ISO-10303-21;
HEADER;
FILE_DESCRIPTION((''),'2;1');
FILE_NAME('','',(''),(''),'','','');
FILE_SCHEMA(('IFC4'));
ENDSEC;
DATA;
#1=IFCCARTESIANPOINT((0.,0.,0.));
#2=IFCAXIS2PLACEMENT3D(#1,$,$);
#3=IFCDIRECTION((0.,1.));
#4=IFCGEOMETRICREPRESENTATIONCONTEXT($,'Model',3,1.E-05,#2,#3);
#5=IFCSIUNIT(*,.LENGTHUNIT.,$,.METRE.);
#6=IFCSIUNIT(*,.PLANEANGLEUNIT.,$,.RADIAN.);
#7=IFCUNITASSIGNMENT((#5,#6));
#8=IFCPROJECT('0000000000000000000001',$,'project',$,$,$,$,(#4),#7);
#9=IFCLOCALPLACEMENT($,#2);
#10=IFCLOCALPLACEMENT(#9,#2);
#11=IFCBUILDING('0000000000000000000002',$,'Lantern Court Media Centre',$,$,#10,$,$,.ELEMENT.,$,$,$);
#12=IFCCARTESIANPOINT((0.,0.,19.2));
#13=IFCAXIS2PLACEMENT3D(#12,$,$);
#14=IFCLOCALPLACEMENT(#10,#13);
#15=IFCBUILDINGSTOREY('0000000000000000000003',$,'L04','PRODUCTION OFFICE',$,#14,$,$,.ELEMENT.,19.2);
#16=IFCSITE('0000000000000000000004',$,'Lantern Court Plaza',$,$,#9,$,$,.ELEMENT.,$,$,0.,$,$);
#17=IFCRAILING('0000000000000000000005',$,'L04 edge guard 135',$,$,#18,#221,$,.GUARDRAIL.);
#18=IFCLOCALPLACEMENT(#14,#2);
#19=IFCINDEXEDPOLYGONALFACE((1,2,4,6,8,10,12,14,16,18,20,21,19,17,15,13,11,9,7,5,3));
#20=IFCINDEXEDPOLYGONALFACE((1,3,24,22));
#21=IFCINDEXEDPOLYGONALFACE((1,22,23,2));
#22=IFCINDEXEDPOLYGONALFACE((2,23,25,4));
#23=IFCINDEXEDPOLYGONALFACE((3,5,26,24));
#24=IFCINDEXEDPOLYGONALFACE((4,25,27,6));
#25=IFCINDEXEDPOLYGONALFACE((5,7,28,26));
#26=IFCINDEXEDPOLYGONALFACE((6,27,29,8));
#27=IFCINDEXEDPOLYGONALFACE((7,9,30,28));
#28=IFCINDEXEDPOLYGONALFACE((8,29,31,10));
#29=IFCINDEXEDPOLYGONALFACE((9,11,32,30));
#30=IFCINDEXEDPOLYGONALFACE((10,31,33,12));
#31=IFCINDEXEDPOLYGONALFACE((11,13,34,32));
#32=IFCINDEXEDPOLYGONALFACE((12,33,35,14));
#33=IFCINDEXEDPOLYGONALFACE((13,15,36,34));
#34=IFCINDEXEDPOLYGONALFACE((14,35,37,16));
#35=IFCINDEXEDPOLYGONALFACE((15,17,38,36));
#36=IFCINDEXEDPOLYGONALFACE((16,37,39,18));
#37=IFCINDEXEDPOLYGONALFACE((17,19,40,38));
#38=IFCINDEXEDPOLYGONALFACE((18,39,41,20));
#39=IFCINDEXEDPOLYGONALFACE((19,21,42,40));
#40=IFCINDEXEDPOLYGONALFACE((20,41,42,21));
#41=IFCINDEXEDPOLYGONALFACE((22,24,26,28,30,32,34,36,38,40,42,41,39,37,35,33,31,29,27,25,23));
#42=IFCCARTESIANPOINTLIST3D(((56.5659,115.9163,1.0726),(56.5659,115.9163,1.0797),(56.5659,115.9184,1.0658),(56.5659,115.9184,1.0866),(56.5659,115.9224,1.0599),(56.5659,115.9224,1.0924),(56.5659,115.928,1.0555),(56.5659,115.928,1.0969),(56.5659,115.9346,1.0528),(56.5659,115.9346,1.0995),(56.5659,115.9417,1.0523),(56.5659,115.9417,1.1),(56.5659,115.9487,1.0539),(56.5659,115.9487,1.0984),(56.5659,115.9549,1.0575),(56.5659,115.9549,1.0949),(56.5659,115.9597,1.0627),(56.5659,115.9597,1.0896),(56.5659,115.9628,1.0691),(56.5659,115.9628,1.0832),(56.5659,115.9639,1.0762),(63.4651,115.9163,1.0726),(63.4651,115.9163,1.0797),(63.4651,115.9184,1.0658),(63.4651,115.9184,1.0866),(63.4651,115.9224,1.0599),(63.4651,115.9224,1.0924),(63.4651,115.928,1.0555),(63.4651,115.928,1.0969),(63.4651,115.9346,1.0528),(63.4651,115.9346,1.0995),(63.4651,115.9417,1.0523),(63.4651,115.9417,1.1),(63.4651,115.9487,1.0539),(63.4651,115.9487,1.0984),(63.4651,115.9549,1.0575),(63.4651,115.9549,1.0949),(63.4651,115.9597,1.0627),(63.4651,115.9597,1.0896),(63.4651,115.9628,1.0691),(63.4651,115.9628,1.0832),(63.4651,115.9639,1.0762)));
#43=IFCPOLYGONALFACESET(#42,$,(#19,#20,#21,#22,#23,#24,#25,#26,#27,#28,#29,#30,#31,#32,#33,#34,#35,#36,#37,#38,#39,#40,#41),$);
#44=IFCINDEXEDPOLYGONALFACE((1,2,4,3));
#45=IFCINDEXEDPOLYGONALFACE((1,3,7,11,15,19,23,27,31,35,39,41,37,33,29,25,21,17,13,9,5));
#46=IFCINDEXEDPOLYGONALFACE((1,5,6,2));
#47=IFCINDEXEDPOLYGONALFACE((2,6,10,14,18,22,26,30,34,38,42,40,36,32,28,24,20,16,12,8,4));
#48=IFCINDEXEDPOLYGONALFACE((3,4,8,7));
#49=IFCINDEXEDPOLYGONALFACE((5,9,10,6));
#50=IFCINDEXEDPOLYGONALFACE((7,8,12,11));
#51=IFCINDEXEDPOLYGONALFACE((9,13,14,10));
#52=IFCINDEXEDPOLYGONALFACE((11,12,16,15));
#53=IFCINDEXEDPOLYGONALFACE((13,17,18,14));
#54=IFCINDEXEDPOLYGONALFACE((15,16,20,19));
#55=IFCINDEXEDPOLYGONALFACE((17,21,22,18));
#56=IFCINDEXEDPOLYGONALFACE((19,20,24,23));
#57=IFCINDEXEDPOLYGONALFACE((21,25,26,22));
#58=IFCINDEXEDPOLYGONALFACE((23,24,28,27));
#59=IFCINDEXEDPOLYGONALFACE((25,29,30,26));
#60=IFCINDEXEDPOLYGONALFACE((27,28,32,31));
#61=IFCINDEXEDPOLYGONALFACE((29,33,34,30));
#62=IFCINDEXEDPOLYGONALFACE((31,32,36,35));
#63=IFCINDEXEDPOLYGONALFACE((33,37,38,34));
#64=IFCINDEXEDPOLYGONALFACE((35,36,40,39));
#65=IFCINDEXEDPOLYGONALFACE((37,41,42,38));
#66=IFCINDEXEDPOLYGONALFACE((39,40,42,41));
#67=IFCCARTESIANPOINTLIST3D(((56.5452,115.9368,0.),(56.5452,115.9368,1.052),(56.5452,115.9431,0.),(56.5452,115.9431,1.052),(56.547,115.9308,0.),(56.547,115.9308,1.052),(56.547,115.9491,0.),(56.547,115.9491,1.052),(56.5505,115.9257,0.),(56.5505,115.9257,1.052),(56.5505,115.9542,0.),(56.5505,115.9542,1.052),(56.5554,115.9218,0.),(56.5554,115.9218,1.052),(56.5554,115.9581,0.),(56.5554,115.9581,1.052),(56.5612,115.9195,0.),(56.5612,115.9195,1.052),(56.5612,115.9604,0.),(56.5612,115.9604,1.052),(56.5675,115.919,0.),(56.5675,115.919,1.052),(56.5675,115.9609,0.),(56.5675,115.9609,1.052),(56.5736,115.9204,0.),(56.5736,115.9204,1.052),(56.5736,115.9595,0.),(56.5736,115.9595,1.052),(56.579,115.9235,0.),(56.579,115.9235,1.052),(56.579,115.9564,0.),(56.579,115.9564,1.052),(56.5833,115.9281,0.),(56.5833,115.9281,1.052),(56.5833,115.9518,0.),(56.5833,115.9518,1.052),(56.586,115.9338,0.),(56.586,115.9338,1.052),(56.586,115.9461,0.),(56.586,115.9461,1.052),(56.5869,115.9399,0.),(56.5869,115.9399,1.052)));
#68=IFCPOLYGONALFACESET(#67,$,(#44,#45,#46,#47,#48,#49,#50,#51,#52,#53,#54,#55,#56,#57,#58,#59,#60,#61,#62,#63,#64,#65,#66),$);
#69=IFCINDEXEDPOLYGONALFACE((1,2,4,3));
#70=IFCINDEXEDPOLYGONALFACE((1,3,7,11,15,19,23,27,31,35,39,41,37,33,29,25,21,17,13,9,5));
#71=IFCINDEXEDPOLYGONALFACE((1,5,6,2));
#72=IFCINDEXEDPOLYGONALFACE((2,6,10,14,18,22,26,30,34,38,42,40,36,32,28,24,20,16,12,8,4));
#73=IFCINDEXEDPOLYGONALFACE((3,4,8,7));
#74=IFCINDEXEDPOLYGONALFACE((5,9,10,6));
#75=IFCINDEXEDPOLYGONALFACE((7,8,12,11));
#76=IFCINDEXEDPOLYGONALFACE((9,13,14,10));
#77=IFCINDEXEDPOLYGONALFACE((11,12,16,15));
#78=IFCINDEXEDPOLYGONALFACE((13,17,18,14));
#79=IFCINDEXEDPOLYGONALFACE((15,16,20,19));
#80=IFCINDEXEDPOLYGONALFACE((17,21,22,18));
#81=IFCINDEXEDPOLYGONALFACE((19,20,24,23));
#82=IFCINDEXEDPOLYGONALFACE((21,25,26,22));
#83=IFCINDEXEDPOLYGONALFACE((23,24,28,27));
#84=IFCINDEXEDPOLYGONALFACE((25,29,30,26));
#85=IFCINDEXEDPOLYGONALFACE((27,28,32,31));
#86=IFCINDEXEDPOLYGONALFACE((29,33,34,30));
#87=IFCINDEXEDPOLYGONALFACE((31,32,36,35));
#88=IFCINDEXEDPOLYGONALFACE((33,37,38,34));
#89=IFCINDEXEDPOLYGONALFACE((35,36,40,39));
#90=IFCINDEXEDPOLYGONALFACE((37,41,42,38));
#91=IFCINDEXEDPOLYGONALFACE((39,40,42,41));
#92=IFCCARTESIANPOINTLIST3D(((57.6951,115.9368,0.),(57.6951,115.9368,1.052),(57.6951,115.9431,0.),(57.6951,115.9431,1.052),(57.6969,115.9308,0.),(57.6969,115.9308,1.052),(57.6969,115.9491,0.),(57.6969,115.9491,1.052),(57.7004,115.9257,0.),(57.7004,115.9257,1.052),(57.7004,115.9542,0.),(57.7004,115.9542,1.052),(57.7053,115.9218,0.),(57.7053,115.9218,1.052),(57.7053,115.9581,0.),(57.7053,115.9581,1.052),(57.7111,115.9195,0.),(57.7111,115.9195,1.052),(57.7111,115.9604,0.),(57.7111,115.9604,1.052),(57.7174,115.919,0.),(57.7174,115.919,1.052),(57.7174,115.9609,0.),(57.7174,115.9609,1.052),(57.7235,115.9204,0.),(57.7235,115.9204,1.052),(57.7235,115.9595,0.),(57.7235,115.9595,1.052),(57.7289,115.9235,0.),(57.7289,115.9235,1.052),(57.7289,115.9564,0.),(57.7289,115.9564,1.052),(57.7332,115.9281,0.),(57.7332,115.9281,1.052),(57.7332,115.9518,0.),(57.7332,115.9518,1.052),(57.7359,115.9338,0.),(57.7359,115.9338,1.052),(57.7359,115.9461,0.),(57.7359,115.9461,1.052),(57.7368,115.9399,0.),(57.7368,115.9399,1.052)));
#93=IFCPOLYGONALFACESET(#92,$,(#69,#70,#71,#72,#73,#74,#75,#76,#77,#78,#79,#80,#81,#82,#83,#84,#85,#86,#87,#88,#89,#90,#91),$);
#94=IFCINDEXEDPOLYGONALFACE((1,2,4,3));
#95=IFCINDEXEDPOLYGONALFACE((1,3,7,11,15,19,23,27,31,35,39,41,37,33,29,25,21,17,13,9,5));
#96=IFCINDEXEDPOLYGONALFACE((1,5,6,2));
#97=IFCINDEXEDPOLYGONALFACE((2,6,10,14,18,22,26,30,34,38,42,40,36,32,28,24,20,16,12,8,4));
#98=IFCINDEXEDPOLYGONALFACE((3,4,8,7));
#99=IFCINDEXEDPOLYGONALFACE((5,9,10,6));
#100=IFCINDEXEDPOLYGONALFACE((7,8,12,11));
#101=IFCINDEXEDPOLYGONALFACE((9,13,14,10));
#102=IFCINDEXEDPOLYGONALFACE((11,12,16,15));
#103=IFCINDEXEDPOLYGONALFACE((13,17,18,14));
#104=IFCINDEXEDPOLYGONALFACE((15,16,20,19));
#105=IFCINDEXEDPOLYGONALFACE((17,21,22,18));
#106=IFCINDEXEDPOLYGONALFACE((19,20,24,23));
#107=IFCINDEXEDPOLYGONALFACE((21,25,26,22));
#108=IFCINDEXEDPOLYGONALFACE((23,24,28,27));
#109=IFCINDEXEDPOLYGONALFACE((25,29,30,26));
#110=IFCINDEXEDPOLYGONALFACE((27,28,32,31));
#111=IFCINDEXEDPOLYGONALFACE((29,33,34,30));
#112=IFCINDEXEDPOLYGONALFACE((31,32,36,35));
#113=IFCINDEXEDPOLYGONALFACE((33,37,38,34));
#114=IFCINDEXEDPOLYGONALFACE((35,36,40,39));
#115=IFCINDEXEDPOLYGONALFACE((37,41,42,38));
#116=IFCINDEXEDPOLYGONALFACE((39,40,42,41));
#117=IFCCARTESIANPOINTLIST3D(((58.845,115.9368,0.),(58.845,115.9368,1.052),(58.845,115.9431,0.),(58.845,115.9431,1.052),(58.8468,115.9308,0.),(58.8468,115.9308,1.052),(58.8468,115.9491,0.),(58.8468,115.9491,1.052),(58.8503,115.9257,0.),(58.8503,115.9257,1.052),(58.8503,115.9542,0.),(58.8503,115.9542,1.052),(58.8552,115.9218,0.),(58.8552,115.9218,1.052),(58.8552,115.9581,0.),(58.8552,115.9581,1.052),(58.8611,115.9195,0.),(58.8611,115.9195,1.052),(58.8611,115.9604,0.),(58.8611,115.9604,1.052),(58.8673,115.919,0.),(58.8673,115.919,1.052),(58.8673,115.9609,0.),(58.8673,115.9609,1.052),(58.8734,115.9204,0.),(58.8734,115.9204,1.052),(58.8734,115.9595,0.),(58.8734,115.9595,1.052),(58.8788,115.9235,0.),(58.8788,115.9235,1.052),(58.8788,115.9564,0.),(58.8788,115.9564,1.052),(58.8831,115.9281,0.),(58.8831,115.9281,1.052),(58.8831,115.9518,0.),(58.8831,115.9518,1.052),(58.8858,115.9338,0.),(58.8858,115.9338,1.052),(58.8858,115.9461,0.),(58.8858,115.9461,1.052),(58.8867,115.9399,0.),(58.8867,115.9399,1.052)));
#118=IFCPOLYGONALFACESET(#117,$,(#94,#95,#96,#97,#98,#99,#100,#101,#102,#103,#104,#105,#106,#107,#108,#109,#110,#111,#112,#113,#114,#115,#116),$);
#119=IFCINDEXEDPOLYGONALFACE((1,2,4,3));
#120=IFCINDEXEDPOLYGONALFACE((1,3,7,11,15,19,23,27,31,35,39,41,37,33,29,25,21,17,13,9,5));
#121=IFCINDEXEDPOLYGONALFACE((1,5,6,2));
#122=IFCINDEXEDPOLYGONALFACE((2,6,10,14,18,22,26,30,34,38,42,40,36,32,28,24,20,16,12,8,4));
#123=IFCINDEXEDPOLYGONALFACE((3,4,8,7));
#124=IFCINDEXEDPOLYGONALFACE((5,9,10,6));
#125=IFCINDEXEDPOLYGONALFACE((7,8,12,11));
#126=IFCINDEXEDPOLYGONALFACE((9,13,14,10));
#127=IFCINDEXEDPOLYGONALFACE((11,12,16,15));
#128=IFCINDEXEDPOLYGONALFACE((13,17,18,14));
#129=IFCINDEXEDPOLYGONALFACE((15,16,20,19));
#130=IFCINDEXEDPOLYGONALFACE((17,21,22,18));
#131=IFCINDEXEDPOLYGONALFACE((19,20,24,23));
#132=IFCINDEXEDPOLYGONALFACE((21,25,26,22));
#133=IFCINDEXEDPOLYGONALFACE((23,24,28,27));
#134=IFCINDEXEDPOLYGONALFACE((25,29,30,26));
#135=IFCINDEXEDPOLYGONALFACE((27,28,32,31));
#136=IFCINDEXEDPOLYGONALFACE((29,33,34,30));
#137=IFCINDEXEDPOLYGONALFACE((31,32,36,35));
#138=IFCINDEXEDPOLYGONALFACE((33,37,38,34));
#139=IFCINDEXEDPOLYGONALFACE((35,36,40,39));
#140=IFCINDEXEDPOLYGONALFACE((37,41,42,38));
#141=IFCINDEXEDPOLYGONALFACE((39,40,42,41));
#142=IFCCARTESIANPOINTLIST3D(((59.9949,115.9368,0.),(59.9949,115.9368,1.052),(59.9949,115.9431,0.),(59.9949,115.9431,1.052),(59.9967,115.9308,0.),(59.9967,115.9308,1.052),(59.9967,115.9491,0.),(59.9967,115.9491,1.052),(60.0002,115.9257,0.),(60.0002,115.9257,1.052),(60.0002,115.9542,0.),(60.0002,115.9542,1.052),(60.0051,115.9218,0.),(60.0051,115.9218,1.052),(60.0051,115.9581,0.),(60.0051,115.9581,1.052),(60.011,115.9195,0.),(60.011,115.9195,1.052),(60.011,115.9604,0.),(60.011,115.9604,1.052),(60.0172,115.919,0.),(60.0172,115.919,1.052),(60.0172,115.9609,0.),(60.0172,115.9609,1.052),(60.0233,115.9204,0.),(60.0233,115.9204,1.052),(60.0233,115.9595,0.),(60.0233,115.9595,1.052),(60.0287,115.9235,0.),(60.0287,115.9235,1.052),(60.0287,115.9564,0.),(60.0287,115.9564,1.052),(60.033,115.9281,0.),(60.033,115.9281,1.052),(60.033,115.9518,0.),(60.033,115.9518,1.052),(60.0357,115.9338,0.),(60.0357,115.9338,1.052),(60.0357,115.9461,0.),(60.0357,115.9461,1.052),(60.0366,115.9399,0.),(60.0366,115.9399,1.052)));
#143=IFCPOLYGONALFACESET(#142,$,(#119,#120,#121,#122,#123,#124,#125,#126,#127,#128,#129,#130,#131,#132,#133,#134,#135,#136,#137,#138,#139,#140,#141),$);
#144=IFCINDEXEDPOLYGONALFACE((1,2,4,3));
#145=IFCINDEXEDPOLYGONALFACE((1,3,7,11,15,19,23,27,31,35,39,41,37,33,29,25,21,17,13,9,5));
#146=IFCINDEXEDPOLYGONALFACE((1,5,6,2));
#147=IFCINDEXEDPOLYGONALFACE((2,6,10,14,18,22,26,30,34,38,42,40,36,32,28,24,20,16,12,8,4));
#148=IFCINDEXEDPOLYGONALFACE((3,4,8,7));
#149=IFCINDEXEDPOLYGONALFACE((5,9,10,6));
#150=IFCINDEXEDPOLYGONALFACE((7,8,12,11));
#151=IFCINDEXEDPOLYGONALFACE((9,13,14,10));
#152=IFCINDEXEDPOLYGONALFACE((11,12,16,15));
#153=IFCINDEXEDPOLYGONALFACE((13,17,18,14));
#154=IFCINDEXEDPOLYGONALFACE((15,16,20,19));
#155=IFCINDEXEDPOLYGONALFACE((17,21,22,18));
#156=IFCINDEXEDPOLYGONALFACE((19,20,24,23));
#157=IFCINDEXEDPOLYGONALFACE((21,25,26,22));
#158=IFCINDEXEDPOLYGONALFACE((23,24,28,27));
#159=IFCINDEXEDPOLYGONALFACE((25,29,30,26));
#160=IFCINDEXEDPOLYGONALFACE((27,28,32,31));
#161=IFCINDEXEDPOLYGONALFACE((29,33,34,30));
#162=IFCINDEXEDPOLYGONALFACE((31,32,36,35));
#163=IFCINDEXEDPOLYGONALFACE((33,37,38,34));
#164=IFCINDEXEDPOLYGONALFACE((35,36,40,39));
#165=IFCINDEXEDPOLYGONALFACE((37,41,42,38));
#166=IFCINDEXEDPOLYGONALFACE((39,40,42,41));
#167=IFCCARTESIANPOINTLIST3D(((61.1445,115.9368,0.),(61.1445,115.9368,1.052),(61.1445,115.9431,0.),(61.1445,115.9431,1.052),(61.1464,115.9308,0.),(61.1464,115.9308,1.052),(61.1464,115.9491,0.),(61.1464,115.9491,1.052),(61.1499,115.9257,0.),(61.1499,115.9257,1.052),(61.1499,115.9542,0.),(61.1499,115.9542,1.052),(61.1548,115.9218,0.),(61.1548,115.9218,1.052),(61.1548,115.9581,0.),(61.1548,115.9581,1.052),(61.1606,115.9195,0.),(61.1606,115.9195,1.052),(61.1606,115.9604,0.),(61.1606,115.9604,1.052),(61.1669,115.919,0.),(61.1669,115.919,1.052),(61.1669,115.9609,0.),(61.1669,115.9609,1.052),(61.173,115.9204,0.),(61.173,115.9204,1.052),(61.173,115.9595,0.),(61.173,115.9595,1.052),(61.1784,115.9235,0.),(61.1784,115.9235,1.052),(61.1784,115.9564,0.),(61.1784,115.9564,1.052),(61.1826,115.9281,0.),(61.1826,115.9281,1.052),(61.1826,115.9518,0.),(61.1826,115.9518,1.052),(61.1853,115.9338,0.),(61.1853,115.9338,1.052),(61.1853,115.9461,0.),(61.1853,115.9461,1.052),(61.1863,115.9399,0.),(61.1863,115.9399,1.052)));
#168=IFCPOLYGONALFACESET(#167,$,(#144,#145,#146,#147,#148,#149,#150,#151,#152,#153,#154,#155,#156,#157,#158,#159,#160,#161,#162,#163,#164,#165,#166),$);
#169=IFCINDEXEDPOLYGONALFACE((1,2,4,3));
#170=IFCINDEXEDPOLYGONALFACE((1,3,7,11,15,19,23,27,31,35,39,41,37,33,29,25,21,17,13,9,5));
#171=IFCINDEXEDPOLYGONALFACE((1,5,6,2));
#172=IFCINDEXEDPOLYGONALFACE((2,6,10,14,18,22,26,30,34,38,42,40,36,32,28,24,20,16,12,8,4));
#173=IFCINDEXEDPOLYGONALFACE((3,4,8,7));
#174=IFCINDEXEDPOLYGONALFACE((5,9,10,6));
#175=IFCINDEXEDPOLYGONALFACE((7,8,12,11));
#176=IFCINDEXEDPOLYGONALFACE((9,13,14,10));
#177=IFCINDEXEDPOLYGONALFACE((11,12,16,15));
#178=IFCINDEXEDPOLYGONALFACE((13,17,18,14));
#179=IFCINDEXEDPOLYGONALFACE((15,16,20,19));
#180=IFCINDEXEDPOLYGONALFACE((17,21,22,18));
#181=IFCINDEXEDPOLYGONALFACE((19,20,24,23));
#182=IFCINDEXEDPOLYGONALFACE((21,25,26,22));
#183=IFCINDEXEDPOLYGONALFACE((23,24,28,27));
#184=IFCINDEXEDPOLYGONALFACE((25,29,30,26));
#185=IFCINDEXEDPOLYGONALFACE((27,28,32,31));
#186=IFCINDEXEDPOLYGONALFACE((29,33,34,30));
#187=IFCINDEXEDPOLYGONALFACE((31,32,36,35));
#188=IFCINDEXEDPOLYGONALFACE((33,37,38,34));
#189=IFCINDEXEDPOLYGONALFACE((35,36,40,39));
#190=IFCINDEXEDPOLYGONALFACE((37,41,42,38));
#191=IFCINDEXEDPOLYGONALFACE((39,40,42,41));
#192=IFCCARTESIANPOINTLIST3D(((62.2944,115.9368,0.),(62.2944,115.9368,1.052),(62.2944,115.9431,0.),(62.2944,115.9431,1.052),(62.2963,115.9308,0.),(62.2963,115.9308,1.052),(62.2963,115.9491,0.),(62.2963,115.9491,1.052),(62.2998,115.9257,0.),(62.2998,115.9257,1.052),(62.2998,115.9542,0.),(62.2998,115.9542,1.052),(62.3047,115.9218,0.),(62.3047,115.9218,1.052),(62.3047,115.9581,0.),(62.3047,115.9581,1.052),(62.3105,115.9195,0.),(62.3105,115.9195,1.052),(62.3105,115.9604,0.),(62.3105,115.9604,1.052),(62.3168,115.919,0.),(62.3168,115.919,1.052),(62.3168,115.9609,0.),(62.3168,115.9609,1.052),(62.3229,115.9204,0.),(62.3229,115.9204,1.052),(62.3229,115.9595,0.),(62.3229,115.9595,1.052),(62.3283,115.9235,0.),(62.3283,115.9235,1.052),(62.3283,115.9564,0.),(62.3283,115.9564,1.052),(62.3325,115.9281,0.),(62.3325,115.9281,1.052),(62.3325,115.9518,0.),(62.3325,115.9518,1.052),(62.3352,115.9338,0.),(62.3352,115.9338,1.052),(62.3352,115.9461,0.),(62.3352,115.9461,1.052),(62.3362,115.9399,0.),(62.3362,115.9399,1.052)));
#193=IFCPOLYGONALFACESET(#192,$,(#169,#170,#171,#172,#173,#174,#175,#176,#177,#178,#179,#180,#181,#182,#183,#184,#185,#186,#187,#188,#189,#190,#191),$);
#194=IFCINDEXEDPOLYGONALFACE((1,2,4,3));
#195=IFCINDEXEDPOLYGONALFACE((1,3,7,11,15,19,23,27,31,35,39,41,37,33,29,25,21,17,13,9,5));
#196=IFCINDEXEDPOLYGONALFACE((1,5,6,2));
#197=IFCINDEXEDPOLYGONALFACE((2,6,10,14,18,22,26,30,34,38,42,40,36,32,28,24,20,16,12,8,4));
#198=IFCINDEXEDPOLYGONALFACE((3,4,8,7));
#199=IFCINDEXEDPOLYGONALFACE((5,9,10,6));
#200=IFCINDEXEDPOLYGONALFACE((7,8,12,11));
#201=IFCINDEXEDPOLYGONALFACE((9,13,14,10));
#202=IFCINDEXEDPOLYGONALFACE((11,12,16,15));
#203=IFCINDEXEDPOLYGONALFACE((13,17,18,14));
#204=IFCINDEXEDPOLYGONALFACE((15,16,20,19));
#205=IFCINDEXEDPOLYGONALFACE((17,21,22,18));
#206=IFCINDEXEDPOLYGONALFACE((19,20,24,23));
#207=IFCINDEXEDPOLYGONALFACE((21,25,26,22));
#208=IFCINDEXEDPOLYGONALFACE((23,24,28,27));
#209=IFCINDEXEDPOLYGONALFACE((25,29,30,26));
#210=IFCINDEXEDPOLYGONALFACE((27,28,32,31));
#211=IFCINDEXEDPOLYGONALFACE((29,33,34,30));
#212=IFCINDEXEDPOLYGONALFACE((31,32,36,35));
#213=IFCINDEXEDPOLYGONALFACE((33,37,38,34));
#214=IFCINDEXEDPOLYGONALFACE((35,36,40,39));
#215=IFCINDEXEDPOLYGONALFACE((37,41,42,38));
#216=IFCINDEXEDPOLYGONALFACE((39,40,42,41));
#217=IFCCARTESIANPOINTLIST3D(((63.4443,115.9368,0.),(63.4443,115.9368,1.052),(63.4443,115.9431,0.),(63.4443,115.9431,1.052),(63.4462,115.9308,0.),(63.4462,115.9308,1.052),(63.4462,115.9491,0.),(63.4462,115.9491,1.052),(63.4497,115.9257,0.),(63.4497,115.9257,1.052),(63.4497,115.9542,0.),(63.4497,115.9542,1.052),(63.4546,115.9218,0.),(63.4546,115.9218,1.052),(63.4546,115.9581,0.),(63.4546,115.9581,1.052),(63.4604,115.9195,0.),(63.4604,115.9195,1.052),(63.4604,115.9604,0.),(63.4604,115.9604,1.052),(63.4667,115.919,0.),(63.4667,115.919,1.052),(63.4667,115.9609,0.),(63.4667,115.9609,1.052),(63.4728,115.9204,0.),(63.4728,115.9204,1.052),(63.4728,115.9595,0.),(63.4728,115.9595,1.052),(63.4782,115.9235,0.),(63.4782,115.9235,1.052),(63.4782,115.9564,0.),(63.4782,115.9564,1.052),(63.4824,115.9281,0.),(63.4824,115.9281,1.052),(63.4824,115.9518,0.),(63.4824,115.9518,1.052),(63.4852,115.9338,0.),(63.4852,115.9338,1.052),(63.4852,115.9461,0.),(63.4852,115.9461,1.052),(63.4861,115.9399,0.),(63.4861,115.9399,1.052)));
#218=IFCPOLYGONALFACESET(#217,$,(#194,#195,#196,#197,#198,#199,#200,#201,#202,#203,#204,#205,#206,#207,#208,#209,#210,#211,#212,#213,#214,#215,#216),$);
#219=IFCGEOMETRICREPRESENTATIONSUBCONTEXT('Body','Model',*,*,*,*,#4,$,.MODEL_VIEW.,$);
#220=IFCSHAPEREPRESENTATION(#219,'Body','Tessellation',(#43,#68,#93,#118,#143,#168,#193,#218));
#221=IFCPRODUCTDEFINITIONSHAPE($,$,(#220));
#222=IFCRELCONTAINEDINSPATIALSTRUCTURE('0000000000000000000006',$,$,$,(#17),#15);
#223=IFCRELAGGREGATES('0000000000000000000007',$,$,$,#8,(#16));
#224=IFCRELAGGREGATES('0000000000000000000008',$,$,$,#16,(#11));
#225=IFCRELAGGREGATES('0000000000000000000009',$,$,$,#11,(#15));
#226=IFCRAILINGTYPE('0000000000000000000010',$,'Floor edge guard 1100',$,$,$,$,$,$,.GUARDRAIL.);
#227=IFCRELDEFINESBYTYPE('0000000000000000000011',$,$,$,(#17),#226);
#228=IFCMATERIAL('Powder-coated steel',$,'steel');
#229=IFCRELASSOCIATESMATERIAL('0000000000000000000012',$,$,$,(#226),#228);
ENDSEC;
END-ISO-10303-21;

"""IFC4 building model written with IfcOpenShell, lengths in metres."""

from ifc_helpers import new_model, si_unit, direction, frame, origin, origin_2d, place, context, subcontext, project, spatial, circle, extrude, material, type_object, element, save


model = new_model("IFC4")

# Units and contexts
model_context = context("Model", 3, precision=1e-05, world=origin(), true_north=direction((0.0, 1.0)))
body_context = subcontext(model_context, "Body", "Model", "MODEL_VIEW")
ifc_project = project(units=[si_unit("LENGTHUNIT", "METRE"), si_unit("PLANEANGLEUNIT", "RADIAN")], contexts=[model_context])

# Site, building, storey
site_placement = place(None, origin())
site = spatial("IfcSite", under=ifc_project, at=site_placement, Name="Lantern Court Plaza", CompositionType="ELEMENT", RefElevation=0.0)
building_placement = place(site_placement, origin())
building = spatial("IfcBuilding", under=site, at=building_placement, Name="Lantern Court Media Centre", CompositionType="ELEMENT")
storey_placement = place(building_placement, frame((0.0, 0.0, 19.2)))
storey = spatial("IfcBuildingStorey", under=building, at=storey_placement, Name="L04", Description="PRODUCTION OFFICE", CompositionType="ELEMENT", Elevation=19.2)

# Railing
ifc_material_1 = material(Name="Powder-coated steel", Category="steel")
railing_type = type_object("IfcRailingType", Name="Floor edge guard 1100", PredefinedType="GUARDRAIL", material=ifc_material_1)
railing_placement = place(storey_placement, frame((56.5659, 115.9399, 0.0)))
element("IfcRailing", 1, at=railing_placement, inside=storey, type_object=railing_type, Name="L04 edge guard 135", PredefinedType="GUARDRAIL", context=body_context, shape_type="SweptSolid", body=[
    extrude(circle(Radius=0.0239, at=origin_2d()), frame((0.0, 0.0, 1.0762), z_axis=(1.0, 0.0, 0.0), x_axis=(0.0, 1.0, 0.0)), (0.0, 0.0, 1.0), 6.8992),
    extrude(circle(Radius=0.021, at=origin_2d()), origin(), (0.0, 0.0, 1.0), 1.052),
    extrude(circle(Radius=0.021, at=origin_2d()), frame((1.1499, 0.0, 0.0)), (0.0, 0.0, 1.0), 1.052),
    extrude(circle(Radius=0.021, at=origin_2d()), frame((2.2998, 0.0, 0.0)), (0.0, 0.0, 1.0), 1.052),
    extrude(circle(Radius=0.021, at=origin_2d()), frame((3.4497, 0.0, 0.0)), (0.0, 0.0, 1.0), 1.052),
    extrude(circle(Radius=0.021, at=origin_2d()), frame((4.5994, 0.0, 0.0)), (0.0, 0.0, 1.0), 1.052),
    extrude(circle(Radius=0.021, at=origin_2d()), frame((5.7493, 0.0, 0.0)), (0.0, 0.0, 1.0), 1.052),
    extrude(circle(Radius=0.021, at=origin_2d()), frame((6.8992, 0.0, 0.0)), (0.0, 0.0, 1.0), 1.052),
])

save(model, "model.ifc")
